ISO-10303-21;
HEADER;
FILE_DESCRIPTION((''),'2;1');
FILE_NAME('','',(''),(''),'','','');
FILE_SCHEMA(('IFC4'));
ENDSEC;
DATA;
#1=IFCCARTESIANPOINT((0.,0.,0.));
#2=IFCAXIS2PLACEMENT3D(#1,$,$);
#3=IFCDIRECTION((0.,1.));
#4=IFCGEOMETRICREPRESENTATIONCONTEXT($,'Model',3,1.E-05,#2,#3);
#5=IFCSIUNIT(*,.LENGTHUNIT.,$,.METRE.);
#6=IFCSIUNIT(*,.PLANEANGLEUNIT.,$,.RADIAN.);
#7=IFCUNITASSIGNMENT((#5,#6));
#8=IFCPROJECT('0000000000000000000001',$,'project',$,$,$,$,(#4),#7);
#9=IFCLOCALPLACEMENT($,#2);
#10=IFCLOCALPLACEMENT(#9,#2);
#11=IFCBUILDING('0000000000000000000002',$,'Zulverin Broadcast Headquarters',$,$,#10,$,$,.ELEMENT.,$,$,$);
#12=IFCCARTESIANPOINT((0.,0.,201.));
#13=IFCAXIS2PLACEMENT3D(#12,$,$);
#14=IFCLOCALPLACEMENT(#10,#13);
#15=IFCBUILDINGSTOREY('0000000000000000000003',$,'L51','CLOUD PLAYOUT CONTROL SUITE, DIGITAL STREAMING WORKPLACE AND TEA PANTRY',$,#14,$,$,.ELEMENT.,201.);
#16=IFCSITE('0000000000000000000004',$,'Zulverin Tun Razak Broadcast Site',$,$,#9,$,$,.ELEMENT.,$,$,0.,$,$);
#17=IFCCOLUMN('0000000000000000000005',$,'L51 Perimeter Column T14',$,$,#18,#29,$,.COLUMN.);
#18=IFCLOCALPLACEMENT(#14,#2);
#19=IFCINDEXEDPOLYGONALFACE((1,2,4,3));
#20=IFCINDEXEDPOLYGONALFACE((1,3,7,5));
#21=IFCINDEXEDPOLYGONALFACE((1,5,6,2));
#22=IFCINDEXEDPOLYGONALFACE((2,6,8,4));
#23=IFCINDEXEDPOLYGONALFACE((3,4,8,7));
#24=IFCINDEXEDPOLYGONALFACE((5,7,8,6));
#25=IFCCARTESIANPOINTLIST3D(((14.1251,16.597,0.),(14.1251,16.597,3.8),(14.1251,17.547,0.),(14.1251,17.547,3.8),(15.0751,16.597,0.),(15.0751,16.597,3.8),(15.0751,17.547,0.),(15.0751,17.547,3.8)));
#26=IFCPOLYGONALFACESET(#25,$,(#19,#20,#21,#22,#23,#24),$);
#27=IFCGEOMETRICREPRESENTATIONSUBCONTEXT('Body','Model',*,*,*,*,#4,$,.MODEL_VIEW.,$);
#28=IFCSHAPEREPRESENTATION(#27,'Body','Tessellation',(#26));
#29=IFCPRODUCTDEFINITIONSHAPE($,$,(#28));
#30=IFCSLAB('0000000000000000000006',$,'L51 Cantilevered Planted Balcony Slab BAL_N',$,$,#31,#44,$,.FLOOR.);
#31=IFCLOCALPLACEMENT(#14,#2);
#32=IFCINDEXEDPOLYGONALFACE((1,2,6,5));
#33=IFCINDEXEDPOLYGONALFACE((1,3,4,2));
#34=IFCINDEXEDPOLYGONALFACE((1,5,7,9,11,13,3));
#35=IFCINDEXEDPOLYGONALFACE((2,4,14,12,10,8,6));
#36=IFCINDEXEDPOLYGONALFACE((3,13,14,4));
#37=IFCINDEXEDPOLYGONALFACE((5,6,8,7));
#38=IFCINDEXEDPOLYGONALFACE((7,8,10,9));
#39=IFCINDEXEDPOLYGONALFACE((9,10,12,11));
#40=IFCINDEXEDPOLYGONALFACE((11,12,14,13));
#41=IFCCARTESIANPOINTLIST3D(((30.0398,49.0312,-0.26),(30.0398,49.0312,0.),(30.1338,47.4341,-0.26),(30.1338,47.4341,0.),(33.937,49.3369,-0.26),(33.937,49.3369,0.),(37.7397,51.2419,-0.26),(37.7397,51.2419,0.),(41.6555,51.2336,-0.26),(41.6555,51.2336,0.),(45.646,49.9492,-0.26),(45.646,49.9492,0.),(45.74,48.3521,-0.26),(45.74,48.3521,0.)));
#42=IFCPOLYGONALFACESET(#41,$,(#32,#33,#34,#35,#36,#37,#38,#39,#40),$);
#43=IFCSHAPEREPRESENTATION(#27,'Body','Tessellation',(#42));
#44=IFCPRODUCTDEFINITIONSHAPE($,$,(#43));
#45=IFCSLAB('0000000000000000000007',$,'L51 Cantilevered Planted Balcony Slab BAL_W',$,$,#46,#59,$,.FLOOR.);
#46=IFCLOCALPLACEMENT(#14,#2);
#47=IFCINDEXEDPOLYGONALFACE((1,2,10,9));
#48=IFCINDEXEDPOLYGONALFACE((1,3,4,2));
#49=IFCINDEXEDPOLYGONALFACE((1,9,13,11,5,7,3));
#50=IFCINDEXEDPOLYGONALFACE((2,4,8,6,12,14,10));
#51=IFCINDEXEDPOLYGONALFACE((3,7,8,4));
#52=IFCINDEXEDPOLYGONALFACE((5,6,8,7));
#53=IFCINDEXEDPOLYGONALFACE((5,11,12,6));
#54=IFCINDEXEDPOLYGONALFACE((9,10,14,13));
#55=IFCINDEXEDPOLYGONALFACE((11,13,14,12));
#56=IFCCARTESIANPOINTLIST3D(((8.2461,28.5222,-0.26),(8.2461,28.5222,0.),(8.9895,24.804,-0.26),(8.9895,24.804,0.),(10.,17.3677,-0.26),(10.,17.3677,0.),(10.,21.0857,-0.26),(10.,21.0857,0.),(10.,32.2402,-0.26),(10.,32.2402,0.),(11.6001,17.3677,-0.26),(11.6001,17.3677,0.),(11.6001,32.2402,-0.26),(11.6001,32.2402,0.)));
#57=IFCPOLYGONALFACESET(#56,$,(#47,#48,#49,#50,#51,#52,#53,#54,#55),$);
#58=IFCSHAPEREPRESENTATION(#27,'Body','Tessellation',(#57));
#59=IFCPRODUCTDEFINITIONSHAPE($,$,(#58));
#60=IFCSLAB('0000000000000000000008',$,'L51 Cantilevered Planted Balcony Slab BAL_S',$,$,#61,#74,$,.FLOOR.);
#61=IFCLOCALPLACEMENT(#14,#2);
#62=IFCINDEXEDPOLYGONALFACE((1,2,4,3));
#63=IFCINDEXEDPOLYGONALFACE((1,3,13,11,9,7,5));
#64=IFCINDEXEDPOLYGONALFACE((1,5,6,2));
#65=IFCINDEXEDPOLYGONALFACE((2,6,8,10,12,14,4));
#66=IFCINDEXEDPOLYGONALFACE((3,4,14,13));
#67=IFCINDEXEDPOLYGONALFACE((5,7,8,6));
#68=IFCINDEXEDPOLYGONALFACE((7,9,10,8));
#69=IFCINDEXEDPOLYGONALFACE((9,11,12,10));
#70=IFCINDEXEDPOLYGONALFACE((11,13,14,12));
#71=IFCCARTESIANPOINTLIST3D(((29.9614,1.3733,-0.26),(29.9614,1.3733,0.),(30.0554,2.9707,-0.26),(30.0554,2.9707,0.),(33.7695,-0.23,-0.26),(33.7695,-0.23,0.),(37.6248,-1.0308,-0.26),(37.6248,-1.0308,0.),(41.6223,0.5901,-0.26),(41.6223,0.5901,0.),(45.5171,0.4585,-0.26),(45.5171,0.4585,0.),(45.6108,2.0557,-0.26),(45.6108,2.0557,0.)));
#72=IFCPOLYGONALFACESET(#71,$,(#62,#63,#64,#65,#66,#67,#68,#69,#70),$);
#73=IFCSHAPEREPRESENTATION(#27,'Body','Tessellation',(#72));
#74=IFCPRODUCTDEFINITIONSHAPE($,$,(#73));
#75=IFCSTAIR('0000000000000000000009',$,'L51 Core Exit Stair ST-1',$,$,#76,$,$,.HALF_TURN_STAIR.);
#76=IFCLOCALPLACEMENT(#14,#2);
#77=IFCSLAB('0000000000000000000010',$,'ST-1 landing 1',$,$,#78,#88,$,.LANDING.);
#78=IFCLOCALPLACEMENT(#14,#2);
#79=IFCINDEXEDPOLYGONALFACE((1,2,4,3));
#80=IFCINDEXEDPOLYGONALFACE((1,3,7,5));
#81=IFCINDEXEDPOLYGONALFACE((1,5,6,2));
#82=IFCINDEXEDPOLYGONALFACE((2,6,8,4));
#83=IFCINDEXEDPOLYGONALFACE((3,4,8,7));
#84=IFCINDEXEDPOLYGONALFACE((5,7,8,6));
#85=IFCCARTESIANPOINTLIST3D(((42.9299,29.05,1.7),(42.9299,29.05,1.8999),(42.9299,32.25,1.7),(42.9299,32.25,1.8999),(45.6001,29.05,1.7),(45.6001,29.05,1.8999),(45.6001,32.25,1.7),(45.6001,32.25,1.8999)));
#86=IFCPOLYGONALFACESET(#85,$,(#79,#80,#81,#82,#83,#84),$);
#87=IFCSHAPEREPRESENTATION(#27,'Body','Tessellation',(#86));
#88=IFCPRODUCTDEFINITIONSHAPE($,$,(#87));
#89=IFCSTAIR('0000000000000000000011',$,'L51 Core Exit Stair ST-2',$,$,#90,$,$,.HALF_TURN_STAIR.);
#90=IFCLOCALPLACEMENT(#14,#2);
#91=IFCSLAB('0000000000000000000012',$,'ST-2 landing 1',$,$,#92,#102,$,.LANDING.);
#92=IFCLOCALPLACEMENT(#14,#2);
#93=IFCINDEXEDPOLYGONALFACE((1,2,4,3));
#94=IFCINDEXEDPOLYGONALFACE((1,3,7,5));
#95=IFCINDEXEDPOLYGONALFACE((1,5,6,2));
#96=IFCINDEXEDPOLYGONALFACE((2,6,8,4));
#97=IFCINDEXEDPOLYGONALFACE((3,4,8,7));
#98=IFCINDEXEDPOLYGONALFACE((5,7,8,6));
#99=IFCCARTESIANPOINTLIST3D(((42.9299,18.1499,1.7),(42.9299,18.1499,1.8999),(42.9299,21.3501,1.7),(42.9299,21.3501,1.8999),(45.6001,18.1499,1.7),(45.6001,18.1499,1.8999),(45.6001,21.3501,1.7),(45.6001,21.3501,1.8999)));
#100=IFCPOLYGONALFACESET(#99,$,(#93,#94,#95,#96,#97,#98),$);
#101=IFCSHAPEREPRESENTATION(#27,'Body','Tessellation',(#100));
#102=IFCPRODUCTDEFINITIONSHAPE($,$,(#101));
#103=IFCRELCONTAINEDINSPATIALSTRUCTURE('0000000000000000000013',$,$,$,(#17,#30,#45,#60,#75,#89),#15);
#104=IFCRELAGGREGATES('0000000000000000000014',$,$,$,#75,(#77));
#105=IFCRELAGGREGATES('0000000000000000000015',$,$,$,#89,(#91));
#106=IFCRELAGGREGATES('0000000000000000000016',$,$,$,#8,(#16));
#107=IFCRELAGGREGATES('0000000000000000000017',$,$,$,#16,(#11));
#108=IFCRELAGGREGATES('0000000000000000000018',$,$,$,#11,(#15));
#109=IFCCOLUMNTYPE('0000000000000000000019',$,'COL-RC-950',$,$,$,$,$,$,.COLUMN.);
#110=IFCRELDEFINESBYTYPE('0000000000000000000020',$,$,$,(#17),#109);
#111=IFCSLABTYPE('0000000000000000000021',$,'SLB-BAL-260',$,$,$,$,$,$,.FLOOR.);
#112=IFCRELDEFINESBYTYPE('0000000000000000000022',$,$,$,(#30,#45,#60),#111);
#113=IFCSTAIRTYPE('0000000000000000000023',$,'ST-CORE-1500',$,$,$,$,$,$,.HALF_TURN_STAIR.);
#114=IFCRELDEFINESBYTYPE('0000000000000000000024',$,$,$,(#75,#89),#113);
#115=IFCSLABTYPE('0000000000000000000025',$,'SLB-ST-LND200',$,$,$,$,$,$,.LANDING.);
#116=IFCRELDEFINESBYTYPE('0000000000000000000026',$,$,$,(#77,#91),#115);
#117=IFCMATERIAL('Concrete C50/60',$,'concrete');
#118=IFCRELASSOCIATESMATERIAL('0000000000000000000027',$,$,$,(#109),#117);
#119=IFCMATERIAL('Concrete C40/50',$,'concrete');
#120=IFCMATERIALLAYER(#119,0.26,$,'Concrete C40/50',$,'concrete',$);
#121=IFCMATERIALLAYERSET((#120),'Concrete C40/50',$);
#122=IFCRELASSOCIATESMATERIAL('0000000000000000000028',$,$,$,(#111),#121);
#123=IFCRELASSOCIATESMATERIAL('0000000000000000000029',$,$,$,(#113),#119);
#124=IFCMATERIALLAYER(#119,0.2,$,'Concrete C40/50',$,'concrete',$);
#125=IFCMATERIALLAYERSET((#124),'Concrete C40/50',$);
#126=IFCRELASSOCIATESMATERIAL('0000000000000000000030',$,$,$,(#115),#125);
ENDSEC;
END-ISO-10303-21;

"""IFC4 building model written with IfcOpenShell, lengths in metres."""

from ifc_helpers import new_model, si_unit, direction, frame, origin, origin_2d, place, context, subcontext, project, spatial, polyline, rectangle, outline, extrude, material, layer, layer_set, material_profile, profile_set, type_object, element, aggregate, save


model = new_model("IFC4")

# Units and contexts
model_context = context("Model", 3, precision=1e-05, world=origin(), true_north=direction((0.0, 1.0)))
body_context = subcontext(model_context, "Body", "Model", "MODEL_VIEW")
ifc_project = project(units=[si_unit("LENGTHUNIT", "METRE"), si_unit("PLANEANGLEUNIT", "RADIAN")], contexts=[model_context])

# Site, building, storey
site_placement = place(None, origin())
site = spatial("IfcSite", under=ifc_project, at=site_placement, Name="Zulverin Tun Razak Broadcast Site", CompositionType="ELEMENT", RefElevation=0.0)
building_placement = place(site_placement, origin())
building = spatial("IfcBuilding", under=site, at=building_placement, Name="Zulverin Broadcast Headquarters", CompositionType="ELEMENT")
storey_placement = place(building_placement, frame((0.0, 0.0, 201.0)))
storey = spatial("IfcBuildingStorey", under=building, at=storey_placement, Name="L51", Description="CLOUD PLAYOUT CONTROL SUITE, DIGITAL STREAMING WORKPLACE AND TEA PANTRY", CompositionType="ELEMENT", Elevation=201.0)

# Column
ifc_material_1 = material(Name="Concrete C50/60", Category="concrete")
ifc_material_profile = material_profile(ifc_material_1, rectangle(XDim=0.95, YDim=0.95, at=origin_2d()), Name="Concrete C50/60", Category="concrete")
ifc_profile_set = profile_set([ifc_material_profile], Name="Concrete C50/60")
column_type = type_object("IfcColumnType", Name="COL-RC-950", PredefinedType="COLUMN", material=ifc_profile_set)
column_placement = place(storey_placement, frame((14.6001, 17.072, 0.0), z_axis=(0.0, 0.0, 1.0), x_axis=(1.0, 0.0, 0.0)))
element("IfcColumn", 1, at=column_placement, inside=storey, type_object=column_type, Name="L51 Perimeter Column T14", PredefinedType="COLUMN", context=body_context, shape_type="SweptSolid", body=[
    extrude(rectangle(XDim=0.95, YDim=0.95, at=origin_2d()), origin(), (0.0, 0.0, 1.0), 3.8),
])

# Slabs
ifc_material_2 = material(Name="Concrete C40/50", Category="concrete")
ifc_layer_1 = layer(ifc_material_2, 0.26, Name="Concrete C40/50", Category="concrete")
ifc_layer_set_1 = layer_set([ifc_layer_1], Name="Concrete C40/50")
slab_type_1 = type_object("IfcSlabType", Name="SLB-BAL-260", PredefinedType="FLOOR", material=ifc_layer_set_1)
slab_1_placement = place(storey_placement, frame((0.0, 0.0, -0.26)))
element("IfcSlab", 2, at=slab_1_placement, inside=storey, type_object=slab_type_1, Name="L51 Cantilevered Planted Balcony Slab BAL_N", PredefinedType="FLOOR", context=body_context, shape_type="SweptSolid", body=[
    extrude(outline(polyline([(30.1338, 47.4341), (45.74, 48.3521), (45.646, 49.9492), (41.6555, 51.2336), (37.7397, 51.2419), (33.937, 49.3369), (30.0398, 49.0312), (30.1338, 47.4341)])), origin(), (0.0, 0.0, 1.0), 0.26),
])
slab_2_placement = place(storey_placement, frame((0.0, 0.0, -0.26)))
element("IfcSlab", 3, at=slab_2_placement, inside=storey, type_object=slab_type_1, Name="L51 Cantilevered Planted Balcony Slab BAL_W", PredefinedType="FLOOR", context=body_context, shape_type="SweptSolid", body=[
    extrude(outline(polyline([(11.6001, 17.3677), (11.6001, 32.2402), (10.0, 32.2402), (8.2461, 28.5222), (8.9895, 24.804), (10.0, 21.0857), (10.0, 17.3677), (11.6001, 17.3677)])), origin(), (0.0, 0.0, 1.0), 0.26),
])
slab_3_placement = place(storey_placement, frame((0.0, 0.0, -0.26)))
element("IfcSlab", 4, at=slab_3_placement, inside=storey, type_object=slab_type_1, Name="L51 Cantilevered Planted Balcony Slab BAL_S", PredefinedType="FLOOR", context=body_context, shape_type="SweptSolid", body=[
    extrude(outline(polyline([(45.6108, 2.0557), (30.0554, 2.9707), (29.9614, 1.3733), (33.7695, -0.23), (37.6248, -1.0308), (41.6223, 0.5901), (45.5171, 0.4585), (45.6108, 2.0557)])), origin(), (0.0, 0.0, 1.0), 0.26),
])

# Stairs, slabs
stair_type = type_object("IfcStairType", Name="ST-CORE-1500", PredefinedType="HALF_TURN_STAIR", material=ifc_material_2)
stair_1_placement = place(storey_placement, origin())
stair_1 = element("IfcStair", 5, at=stair_1_placement, inside=storey, type_object=stair_type, Name="L51 Core Exit Stair ST-1", PredefinedType="HALF_TURN_STAIR")
ifc_layer_2 = layer(ifc_material_2, 0.2, Name="Concrete C40/50", Category="concrete")
ifc_layer_set_2 = layer_set([ifc_layer_2], Name="Concrete C40/50")
slab_type_2 = type_object("IfcSlabType", Name="SLB-ST-LND200", PredefinedType="LANDING", material=ifc_layer_set_2)
slab_4_placement = place(storey_placement, frame((0.0, 0.0, 1.7)))
slab_4 = element("IfcSlab", 6, at=slab_4_placement, type_object=slab_type_2, Name="ST-1 landing 1", PredefinedType="LANDING", context=body_context, shape_type="SweptSolid", body=[
    extrude(outline(polyline([(42.9299, 29.05), (45.6001, 29.05), (45.6001, 32.25), (42.9299, 32.25), (42.9299, 29.05)])), origin(), (0.0, 0.0, 1.0), 0.2),
])
aggregate(stair_1, [slab_4])
stair_2_placement = place(storey_placement, origin())
stair_2 = element("IfcStair", 7, at=stair_2_placement, inside=storey, type_object=stair_type, Name="L51 Core Exit Stair ST-2", PredefinedType="HALF_TURN_STAIR")
slab_5_placement = place(storey_placement, frame((0.0, 0.0, 1.7)))
slab_5 = element("IfcSlab", 8, at=slab_5_placement, type_object=slab_type_2, Name="ST-2 landing 1", PredefinedType="LANDING", context=body_context, shape_type="SweptSolid", body=[
    extrude(outline(polyline([(42.9299, 18.1499), (45.6001, 18.1499), (45.6001, 21.3501), (42.9299, 21.3501), (42.9299, 18.1499)])), origin(), (0.0, 0.0, 1.0), 0.2),
])
aggregate(stair_2, [slab_5])

save(model, "model.ifc")
